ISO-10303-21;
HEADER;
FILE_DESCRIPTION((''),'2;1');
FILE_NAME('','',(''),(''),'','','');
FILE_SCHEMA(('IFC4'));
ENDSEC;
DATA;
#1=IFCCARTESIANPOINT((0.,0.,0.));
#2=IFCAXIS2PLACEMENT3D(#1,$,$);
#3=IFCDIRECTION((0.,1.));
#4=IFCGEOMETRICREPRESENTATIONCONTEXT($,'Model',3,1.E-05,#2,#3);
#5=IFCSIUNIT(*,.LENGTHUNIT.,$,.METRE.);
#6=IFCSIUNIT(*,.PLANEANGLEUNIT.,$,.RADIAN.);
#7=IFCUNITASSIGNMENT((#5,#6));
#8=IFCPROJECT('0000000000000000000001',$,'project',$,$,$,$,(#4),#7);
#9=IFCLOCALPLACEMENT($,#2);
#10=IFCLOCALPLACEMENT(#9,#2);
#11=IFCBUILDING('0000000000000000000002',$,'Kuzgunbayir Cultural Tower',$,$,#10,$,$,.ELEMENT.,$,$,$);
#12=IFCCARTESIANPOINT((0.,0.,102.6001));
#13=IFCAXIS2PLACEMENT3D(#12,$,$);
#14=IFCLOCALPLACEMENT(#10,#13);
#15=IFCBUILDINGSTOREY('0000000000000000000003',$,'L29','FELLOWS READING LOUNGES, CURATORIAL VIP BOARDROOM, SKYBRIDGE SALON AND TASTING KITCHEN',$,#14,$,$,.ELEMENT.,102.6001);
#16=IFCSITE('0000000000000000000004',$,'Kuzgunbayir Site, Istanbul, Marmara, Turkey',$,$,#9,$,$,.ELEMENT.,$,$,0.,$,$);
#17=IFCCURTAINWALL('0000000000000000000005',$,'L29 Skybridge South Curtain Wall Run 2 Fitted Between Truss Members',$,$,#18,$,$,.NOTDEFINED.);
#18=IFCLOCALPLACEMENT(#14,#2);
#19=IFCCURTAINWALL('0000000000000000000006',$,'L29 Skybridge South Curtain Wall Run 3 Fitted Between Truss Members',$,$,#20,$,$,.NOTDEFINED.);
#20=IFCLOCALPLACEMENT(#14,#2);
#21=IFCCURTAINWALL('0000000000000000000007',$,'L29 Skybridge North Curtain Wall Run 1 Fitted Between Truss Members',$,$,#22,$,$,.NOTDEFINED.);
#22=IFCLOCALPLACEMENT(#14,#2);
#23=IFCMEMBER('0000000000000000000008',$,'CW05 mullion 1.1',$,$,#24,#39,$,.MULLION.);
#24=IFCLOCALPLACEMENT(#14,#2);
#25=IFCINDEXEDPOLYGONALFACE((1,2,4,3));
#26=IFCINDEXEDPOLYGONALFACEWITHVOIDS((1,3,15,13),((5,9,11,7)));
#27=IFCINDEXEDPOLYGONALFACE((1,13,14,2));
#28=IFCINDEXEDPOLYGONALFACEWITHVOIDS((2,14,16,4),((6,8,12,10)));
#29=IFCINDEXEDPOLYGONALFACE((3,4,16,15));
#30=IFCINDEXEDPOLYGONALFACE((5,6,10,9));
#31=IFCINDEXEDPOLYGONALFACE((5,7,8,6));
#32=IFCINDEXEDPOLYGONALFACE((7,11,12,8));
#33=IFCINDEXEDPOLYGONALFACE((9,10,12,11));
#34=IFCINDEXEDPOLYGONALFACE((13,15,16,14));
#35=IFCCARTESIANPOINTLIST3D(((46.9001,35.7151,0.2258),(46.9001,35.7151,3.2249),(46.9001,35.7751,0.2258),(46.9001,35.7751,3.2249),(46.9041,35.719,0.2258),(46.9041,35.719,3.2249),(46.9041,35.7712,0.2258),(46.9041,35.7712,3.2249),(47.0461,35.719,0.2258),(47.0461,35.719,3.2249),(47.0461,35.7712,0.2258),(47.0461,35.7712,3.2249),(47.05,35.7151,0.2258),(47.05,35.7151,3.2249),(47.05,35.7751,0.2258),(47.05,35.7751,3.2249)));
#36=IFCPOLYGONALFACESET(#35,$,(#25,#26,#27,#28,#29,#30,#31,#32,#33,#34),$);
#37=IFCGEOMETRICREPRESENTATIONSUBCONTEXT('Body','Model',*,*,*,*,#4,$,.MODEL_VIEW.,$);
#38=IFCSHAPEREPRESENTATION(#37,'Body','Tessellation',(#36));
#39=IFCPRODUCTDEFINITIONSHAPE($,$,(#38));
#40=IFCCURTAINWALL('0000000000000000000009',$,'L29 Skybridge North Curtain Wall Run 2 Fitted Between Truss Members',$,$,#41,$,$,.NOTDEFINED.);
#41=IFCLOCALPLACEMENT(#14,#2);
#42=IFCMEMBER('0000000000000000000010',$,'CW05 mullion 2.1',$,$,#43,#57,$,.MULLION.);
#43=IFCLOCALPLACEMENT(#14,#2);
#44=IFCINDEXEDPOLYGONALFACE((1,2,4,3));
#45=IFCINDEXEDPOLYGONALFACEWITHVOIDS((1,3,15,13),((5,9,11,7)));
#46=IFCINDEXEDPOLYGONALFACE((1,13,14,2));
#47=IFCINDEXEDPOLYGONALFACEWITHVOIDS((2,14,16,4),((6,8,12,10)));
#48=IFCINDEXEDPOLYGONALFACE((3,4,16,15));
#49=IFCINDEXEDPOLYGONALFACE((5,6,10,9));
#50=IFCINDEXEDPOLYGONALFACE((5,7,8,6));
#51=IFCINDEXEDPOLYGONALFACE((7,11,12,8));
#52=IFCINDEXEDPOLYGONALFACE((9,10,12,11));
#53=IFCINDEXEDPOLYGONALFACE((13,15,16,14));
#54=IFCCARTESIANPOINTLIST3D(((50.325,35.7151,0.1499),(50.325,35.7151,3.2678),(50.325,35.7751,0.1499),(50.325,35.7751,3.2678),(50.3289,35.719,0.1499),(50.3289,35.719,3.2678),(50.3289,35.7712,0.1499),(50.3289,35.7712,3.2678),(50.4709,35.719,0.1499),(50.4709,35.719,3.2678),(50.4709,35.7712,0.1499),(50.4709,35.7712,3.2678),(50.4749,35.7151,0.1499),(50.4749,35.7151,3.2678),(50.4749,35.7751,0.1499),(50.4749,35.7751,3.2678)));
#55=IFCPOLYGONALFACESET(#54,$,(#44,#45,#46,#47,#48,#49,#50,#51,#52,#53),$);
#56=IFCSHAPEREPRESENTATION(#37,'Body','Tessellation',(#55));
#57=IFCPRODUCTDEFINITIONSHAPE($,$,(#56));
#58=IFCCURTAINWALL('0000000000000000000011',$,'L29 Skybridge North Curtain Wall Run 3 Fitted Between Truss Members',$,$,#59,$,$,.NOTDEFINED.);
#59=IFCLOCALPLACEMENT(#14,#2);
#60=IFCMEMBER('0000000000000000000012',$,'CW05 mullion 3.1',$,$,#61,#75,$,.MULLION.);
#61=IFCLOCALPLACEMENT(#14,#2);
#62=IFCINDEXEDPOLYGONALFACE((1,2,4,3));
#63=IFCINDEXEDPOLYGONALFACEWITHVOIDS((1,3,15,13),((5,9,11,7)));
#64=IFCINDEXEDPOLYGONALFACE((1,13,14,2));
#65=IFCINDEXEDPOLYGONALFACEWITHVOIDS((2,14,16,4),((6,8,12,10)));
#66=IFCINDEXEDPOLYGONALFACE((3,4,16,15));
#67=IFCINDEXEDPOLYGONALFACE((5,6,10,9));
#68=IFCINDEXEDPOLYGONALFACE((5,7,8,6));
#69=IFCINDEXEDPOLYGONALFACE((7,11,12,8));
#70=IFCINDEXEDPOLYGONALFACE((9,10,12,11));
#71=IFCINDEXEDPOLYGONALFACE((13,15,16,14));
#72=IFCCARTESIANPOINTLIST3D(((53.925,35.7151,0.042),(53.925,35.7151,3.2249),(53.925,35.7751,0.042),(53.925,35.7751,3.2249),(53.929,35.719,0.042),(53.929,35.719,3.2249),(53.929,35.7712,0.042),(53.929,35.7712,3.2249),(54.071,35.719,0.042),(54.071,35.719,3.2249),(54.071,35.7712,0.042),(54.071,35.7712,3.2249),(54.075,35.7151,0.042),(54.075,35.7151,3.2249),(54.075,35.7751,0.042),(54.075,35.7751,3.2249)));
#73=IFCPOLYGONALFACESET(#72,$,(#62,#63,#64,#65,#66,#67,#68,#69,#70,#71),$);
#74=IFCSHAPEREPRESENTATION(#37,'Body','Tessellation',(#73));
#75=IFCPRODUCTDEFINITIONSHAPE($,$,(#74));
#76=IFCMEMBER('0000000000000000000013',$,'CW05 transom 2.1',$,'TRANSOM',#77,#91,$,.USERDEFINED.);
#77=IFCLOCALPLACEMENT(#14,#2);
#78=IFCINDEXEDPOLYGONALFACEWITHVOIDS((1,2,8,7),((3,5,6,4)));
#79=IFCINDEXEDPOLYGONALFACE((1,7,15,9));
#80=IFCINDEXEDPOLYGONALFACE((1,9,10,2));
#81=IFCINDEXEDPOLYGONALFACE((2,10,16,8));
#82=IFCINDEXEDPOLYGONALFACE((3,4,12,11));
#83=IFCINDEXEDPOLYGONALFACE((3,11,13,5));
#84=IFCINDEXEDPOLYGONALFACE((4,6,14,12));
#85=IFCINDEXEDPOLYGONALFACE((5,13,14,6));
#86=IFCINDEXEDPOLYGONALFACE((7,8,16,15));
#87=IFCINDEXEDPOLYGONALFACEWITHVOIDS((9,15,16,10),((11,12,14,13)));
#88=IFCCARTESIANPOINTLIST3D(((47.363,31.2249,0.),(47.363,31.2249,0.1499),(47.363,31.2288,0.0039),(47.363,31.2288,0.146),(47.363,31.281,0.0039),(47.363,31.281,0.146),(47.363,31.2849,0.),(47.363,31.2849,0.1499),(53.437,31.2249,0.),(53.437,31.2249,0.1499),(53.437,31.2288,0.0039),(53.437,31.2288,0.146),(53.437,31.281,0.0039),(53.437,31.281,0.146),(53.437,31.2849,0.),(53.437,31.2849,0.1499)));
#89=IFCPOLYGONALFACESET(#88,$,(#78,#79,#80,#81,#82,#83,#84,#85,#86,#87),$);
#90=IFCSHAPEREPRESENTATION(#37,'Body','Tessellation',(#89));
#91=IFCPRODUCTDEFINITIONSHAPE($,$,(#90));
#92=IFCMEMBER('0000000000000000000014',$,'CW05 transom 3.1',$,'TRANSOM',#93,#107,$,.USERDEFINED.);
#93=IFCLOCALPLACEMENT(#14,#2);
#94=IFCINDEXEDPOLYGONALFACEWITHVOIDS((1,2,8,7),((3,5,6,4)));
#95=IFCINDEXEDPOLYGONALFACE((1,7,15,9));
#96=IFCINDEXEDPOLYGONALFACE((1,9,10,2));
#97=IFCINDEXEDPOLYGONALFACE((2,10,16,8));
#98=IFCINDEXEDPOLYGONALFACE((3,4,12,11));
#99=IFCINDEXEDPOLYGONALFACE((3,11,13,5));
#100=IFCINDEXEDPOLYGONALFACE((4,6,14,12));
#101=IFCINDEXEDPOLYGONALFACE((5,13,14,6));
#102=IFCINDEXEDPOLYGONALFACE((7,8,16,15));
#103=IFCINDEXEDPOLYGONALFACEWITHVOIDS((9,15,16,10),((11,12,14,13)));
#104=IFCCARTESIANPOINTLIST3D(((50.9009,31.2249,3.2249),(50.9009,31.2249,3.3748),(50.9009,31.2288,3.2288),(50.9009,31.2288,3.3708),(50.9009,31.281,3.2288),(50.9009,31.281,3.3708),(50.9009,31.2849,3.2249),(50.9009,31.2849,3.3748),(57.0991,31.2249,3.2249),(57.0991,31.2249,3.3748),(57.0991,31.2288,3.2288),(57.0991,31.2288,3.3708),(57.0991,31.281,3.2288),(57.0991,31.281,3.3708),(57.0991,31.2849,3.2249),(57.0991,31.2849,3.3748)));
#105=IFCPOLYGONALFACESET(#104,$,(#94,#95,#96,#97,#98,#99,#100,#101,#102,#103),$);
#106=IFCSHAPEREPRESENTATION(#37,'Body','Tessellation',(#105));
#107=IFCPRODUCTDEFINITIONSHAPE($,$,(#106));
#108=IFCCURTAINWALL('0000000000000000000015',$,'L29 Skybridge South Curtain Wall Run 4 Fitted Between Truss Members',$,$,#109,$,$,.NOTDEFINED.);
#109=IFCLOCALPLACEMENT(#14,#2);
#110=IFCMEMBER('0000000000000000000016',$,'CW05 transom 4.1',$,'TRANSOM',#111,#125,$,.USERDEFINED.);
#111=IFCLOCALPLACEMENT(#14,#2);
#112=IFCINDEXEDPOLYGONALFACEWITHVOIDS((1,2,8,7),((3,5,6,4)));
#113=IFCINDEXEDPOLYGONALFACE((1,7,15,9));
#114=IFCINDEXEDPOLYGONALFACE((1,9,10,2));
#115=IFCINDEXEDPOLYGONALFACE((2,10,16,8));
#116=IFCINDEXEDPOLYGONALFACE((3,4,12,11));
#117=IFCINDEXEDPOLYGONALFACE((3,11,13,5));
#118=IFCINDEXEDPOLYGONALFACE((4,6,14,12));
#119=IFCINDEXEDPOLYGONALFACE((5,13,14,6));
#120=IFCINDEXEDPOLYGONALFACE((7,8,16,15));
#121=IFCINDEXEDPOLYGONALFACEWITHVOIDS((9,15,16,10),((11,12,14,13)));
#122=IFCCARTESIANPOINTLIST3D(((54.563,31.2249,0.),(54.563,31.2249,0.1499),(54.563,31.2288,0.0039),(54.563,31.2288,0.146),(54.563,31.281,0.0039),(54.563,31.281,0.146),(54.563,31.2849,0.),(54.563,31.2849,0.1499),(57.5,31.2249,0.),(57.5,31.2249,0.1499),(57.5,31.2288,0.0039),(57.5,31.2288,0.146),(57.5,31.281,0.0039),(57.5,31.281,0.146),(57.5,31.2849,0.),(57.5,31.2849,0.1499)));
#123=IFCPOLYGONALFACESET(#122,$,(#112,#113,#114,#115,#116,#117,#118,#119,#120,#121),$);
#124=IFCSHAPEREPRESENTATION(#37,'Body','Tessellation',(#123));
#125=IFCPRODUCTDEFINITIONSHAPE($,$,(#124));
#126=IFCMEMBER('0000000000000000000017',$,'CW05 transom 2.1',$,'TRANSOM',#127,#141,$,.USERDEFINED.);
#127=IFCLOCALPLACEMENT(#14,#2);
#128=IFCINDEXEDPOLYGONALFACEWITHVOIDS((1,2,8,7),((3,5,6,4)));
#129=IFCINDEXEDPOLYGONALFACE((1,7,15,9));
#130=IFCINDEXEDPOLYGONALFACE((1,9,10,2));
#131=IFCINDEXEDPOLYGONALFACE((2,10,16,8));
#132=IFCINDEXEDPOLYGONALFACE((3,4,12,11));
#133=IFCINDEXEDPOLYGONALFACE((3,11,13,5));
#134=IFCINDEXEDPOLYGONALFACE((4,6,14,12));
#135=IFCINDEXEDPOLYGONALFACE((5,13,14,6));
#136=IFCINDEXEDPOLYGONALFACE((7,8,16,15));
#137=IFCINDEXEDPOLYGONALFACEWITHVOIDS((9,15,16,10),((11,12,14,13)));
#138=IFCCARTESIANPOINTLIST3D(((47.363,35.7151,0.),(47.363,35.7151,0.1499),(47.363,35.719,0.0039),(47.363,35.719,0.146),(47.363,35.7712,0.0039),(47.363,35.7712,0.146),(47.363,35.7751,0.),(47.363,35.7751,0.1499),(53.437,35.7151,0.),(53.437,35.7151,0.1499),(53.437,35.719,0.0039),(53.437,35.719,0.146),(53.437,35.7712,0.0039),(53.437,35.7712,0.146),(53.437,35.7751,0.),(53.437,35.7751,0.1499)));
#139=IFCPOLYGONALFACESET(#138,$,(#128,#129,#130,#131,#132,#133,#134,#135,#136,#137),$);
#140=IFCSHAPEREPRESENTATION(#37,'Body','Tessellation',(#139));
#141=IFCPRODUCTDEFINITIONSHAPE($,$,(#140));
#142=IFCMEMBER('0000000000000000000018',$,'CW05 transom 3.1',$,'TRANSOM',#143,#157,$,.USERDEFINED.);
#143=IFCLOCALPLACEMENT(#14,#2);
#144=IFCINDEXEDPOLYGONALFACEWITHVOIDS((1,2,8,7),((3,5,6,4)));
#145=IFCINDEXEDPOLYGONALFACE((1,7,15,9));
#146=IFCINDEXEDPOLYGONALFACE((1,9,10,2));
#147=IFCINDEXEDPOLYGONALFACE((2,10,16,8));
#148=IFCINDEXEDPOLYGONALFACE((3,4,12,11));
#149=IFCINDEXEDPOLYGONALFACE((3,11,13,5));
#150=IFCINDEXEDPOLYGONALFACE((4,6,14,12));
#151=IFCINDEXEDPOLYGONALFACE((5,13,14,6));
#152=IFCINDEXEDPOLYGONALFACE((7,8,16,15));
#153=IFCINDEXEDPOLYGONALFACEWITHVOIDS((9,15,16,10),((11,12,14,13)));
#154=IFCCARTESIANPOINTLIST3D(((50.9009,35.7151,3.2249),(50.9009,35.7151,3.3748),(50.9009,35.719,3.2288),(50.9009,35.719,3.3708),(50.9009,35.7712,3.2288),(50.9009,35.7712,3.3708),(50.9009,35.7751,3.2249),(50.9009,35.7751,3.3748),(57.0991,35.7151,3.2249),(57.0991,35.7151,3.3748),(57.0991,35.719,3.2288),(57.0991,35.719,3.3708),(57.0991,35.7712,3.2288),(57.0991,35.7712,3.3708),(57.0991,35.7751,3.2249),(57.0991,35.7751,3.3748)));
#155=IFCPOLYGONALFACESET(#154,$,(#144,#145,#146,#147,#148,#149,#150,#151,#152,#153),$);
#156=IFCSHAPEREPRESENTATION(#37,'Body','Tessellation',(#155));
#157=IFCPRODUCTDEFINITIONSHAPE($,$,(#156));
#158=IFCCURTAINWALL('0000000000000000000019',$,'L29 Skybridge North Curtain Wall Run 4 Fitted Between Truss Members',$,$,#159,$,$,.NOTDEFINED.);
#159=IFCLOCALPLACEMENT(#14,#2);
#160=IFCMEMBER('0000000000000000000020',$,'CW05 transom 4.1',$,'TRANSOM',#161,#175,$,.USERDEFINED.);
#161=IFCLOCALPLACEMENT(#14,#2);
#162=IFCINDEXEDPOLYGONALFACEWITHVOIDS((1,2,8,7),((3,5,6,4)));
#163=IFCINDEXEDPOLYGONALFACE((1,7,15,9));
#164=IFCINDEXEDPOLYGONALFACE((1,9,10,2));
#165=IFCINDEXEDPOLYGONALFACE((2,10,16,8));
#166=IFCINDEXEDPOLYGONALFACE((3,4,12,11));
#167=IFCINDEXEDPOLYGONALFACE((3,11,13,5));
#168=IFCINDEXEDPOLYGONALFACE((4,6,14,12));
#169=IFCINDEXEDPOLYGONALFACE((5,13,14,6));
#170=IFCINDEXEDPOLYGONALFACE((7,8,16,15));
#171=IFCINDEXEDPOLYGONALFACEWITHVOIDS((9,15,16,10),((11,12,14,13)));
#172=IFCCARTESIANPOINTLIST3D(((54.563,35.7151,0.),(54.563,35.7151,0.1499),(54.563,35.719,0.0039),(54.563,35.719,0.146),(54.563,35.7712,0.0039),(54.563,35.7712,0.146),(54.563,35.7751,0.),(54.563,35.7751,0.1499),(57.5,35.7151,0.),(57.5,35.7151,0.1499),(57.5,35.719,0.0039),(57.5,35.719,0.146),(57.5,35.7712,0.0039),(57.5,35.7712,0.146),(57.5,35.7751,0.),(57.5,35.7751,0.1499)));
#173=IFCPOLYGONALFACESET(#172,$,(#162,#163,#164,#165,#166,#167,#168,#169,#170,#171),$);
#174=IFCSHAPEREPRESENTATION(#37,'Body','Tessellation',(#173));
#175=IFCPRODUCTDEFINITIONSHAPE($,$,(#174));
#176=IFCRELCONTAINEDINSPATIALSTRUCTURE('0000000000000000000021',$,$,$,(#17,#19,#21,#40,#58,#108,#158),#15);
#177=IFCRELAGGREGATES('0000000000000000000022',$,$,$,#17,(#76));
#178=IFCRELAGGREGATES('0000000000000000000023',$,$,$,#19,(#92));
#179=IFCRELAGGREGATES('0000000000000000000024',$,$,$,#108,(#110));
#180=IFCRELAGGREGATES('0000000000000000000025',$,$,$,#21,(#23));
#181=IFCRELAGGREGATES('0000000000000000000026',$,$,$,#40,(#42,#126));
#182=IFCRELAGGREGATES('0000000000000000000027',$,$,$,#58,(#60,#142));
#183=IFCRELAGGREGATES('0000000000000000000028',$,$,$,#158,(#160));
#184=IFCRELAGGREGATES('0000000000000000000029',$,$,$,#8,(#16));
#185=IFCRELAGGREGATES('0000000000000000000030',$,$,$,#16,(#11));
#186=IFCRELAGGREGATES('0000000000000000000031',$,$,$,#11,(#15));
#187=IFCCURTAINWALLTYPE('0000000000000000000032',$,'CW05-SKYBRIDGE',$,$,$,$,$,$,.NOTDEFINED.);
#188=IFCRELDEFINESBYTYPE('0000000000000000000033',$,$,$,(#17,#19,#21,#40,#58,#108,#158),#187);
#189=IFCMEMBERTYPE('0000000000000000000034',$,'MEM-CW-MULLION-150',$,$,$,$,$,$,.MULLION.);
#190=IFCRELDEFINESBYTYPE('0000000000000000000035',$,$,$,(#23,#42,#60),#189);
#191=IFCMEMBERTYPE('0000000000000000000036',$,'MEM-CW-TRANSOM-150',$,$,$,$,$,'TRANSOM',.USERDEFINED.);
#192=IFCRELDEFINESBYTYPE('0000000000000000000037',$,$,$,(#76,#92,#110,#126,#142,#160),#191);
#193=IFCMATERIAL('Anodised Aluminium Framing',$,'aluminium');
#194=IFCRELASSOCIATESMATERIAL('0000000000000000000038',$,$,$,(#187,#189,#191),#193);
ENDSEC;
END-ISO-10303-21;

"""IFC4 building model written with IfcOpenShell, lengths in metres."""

from ifc_helpers import new_model, si_unit, direction, frame, origin, origin_2d, place, context, subcontext, project, spatial, hollow_rectangle, extrude, material, material_profile, profile_set, type_object, element, aggregate, save


model = new_model("IFC4")

# Units and contexts
model_context = context("Model", 3, precision=1e-05, world=origin(), true_north=direction((0.0, 1.0)))
body_context = subcontext(model_context, "Body", "Model", "MODEL_VIEW")
ifc_project = project(units=[si_unit("LENGTHUNIT", "METRE"), si_unit("PLANEANGLEUNIT", "RADIAN")], contexts=[model_context])

# Site, building, storey
site_placement = place(None, origin())
site = spatial("IfcSite", under=ifc_project, at=site_placement, Name="Kuzgunbayir Site, Istanbul, Marmara, Turkey", CompositionType="ELEMENT", RefElevation=0.0)
building_placement = place(site_placement, origin())
building = spatial("IfcBuilding", under=site, at=building_placement, Name="Kuzgunbayir Cultural Tower", CompositionType="ELEMENT")
storey_placement = place(building_placement, frame((0.0, 0.0, 102.6001)))
storey = spatial("IfcBuildingStorey", under=building, at=storey_placement, Name="L29", Description="FELLOWS READING LOUNGES, CURATORIAL VIP BOARDROOM, SKYBRIDGE SALON AND TASTING KITCHEN", CompositionType="ELEMENT", Elevation=102.6001)

# Curtain walls, members
ifc_material_1 = material(Name="Anodised Aluminium Framing", Category="aluminium")
curtain_wall_type = type_object("IfcCurtainWallType", Name="CW05-SKYBRIDGE", PredefinedType="NOTDEFINED", material=ifc_material_1)
ifc_material_profile_1 = material_profile(ifc_material_1, hollow_rectangle(XDim=0.0601, YDim=0.1499, WallThickness=0.0039, at=origin_2d()), Name="RHS 150x60x4")
ifc_profile_set_1 = profile_set([ifc_material_profile_1], Name="Anodised Aluminium Framing")
member_type_1 = type_object("IfcMemberType", Name="MEM-CW-MULLION-150", PredefinedType="MULLION", material=ifc_profile_set_1)
curtain_wall_1_placement = place(storey_placement, origin())
curtain_wall_1 = element("IfcCurtainWall", 1, at=curtain_wall_1_placement, inside=storey, type_object=curtain_wall_type, Name="L29 Skybridge South Curtain Wall Run 2 Fitted Between Truss Members", PredefinedType="NOTDEFINED")
curtain_wall_2_placement = place(storey_placement, origin())
curtain_wall_2 = element("IfcCurtainWall", 2, at=curtain_wall_2_placement, inside=storey, type_object=curtain_wall_type, Name="L29 Skybridge South Curtain Wall Run 3 Fitted Between Truss Members", PredefinedType="NOTDEFINED")
curtain_wall_3_placement = place(storey_placement, origin())
curtain_wall_3 = element("IfcCurtainWall", 3, at=curtain_wall_3_placement, inside=storey, type_object=curtain_wall_type, Name="L29 Skybridge North Curtain Wall Run 1 Fitted Between Truss Members", PredefinedType="NOTDEFINED")
member_1_placement = place(storey_placement, frame((46.9751, 35.7451, 0.2258), z_axis=(0.0, 0.0, 1.0), x_axis=(0.0, 1.0, 0.0)))
member_1 = element("IfcMember", 4, at=member_1_placement, type_object=member_type_1, Name="CW05 mullion 1.1", PredefinedType="MULLION", context=body_context, shape_type="SweptSolid", body=[
    extrude(hollow_rectangle(XDim=0.0601, YDim=0.1499, WallThickness=0.0039, at=origin_2d()), origin(), (0.0, 0.0, 1.0), 2.999),
])
curtain_wall_4_placement = place(storey_placement, origin())
curtain_wall_4 = element("IfcCurtainWall", 5, at=curtain_wall_4_placement, inside=storey, type_object=curtain_wall_type, Name="L29 Skybridge North Curtain Wall Run 2 Fitted Between Truss Members", PredefinedType="NOTDEFINED")
member_2_placement = place(storey_placement, frame((50.3999, 35.7451, 0.1499), z_axis=(0.0, 0.0, 1.0), x_axis=(0.0, 1.0, 0.0)))
member_2 = element("IfcMember", 6, at=member_2_placement, type_object=member_type_1, Name="CW05 mullion 2.1", PredefinedType="MULLION", context=body_context, shape_type="SweptSolid", body=[
    extrude(hollow_rectangle(XDim=0.0601, YDim=0.1499, WallThickness=0.0039, at=origin_2d()), origin(), (0.0, 0.0, 1.0), 3.1179),
])
curtain_wall_5_placement = place(storey_placement, origin())
curtain_wall_5 = element("IfcCurtainWall", 7, at=curtain_wall_5_placement, inside=storey, type_object=curtain_wall_type, Name="L29 Skybridge North Curtain Wall Run 3 Fitted Between Truss Members", PredefinedType="NOTDEFINED")
member_3_placement = place(storey_placement, frame((54.0, 35.7451, 0.042), z_axis=(0.0, 0.0, 1.0), x_axis=(0.0, 1.0, 0.0)))
member_3 = element("IfcMember", 8, at=member_3_placement, type_object=member_type_1, Name="CW05 mullion 3.1", PredefinedType="MULLION", context=body_context, shape_type="SweptSolid", body=[
    extrude(hollow_rectangle(XDim=0.0601, YDim=0.1499, WallThickness=0.0039, at=origin_2d()), origin(), (0.0, 0.0, 1.0), 3.1829),
])

# Members
ifc_material_profile_2 = material_profile(ifc_material_1, hollow_rectangle(XDim=0.0601, YDim=0.1499, WallThickness=0.0039, at=origin_2d()), Name="RHS 150x60x4")
ifc_profile_set_2 = profile_set([ifc_material_profile_2], Name="Anodised Aluminium Framing")
member_type_2 = type_object("IfcMemberType", Name="MEM-CW-TRANSOM-150", ElementType="TRANSOM", PredefinedType="USERDEFINED", material=ifc_profile_set_2)
member_4_placement = place(storey_placement, frame((47.363, 31.2549, 0.075), z_axis=(1.0, 0.0, 0.0), x_axis=(0.0, 1.0, 0.0)))
member_4 = element("IfcMember", 9, at=member_4_placement, type_object=member_type_2, Name="CW05 transom 2.1", ObjectType="TRANSOM", PredefinedType="USERDEFINED", context=body_context, shape_type="SweptSolid", body=[
    extrude(hollow_rectangle(XDim=0.0601, YDim=0.1499, WallThickness=0.0039, at=origin_2d()), origin(), (0.0, 0.0, 1.0), 6.074),
])
member_5_placement = place(storey_placement, frame((50.9009, 31.2549, 3.2998), z_axis=(1.0, 0.0, 0.0), x_axis=(0.0, 1.0, 0.0)))
member_5 = element("IfcMember", 10, at=member_5_placement, type_object=member_type_2, Name="CW05 transom 3.1", ObjectType="TRANSOM", PredefinedType="USERDEFINED", context=body_context, shape_type="SweptSolid", body=[
    extrude(hollow_rectangle(XDim=0.0601, YDim=0.1499, WallThickness=0.0039, at=origin_2d()), origin(), (0.0, 0.0, 1.0), 6.1982),
])

# Curtain wall, member
curtain_wall_6_placement = place(storey_placement, origin())
curtain_wall_6 = element("IfcCurtainWall", 11, at=curtain_wall_6_placement, inside=storey, type_object=curtain_wall_type, Name="L29 Skybridge South Curtain Wall Run 4 Fitted Between Truss Members", PredefinedType="NOTDEFINED")
member_6_placement = place(storey_placement, frame((54.563, 31.2549, 0.075), z_axis=(1.0, 0.0, 0.0), x_axis=(0.0, 1.0, 0.0)))
member_6 = element("IfcMember", 12, at=member_6_placement, type_object=member_type_2, Name="CW05 transom 4.1", ObjectType="TRANSOM", PredefinedType="USERDEFINED", context=body_context, shape_type="SweptSolid", body=[
    extrude(hollow_rectangle(XDim=0.0601, YDim=0.1499, WallThickness=0.0039, at=origin_2d()), origin(), (0.0, 0.0, 1.0), 2.937),
])

# Members
member_7_placement = place(storey_placement, frame((47.363, 35.7451, 0.075), z_axis=(1.0, 0.0, 0.0), x_axis=(0.0, 1.0, 0.0)))
member_7 = element("IfcMember", 13, at=member_7_placement, type_object=member_type_2, Name="CW05 transom 2.1", ObjectType="TRANSOM", PredefinedType="USERDEFINED", context=body_context, shape_type="SweptSolid", body=[
    extrude(hollow_rectangle(XDim=0.0601, YDim=0.1499, WallThickness=0.0039, at=origin_2d()), origin(), (0.0, 0.0, 1.0), 6.074),
])
member_8_placement = place(storey_placement, frame((50.9009, 35.7451, 3.2998), z_axis=(1.0, 0.0, 0.0), x_axis=(0.0, 1.0, 0.0)))
member_8 = element("IfcMember", 14, at=member_8_placement, type_object=member_type_2, Name="CW05 transom 3.1", ObjectType="TRANSOM", PredefinedType="USERDEFINED", context=body_context, shape_type="SweptSolid", body=[
    extrude(hollow_rectangle(XDim=0.0601, YDim=0.1499, WallThickness=0.0039, at=origin_2d()), origin(), (0.0, 0.0, 1.0), 6.1982),
])

# Curtain wall, member
curtain_wall_7_placement = place(storey_placement, origin())
curtain_wall_7 = element("IfcCurtainWall", 15, at=curtain_wall_7_placement, inside=storey, type_object=curtain_wall_type, Name="L29 Skybridge North Curtain Wall Run 4 Fitted Between Truss Members", PredefinedType="NOTDEFINED")
member_9_placement = place(storey_placement, frame((54.563, 35.7451, 0.075), z_axis=(1.0, 0.0, 0.0), x_axis=(0.0, 1.0, 0.0)))
member_9 = element("IfcMember", 16, at=member_9_placement, type_object=member_type_2, Name="CW05 transom 4.1", ObjectType="TRANSOM", PredefinedType="USERDEFINED", context=body_context, shape_type="SweptSolid", body=[
    extrude(hollow_rectangle(XDim=0.0601, YDim=0.1499, WallThickness=0.0039, at=origin_2d()), origin(), (0.0, 0.0, 1.0), 2.937),
])

aggregate(curtain_wall_1, [member_4])
aggregate(curtain_wall_2, [member_5])
aggregate(curtain_wall_6, [member_6])
aggregate(curtain_wall_3, [member_1])
aggregate(curtain_wall_4, [member_2, member_7])
aggregate(curtain_wall_5, [member_3, member_8])
aggregate(curtain_wall_7, [member_9])

save(model, "model.ifc")
